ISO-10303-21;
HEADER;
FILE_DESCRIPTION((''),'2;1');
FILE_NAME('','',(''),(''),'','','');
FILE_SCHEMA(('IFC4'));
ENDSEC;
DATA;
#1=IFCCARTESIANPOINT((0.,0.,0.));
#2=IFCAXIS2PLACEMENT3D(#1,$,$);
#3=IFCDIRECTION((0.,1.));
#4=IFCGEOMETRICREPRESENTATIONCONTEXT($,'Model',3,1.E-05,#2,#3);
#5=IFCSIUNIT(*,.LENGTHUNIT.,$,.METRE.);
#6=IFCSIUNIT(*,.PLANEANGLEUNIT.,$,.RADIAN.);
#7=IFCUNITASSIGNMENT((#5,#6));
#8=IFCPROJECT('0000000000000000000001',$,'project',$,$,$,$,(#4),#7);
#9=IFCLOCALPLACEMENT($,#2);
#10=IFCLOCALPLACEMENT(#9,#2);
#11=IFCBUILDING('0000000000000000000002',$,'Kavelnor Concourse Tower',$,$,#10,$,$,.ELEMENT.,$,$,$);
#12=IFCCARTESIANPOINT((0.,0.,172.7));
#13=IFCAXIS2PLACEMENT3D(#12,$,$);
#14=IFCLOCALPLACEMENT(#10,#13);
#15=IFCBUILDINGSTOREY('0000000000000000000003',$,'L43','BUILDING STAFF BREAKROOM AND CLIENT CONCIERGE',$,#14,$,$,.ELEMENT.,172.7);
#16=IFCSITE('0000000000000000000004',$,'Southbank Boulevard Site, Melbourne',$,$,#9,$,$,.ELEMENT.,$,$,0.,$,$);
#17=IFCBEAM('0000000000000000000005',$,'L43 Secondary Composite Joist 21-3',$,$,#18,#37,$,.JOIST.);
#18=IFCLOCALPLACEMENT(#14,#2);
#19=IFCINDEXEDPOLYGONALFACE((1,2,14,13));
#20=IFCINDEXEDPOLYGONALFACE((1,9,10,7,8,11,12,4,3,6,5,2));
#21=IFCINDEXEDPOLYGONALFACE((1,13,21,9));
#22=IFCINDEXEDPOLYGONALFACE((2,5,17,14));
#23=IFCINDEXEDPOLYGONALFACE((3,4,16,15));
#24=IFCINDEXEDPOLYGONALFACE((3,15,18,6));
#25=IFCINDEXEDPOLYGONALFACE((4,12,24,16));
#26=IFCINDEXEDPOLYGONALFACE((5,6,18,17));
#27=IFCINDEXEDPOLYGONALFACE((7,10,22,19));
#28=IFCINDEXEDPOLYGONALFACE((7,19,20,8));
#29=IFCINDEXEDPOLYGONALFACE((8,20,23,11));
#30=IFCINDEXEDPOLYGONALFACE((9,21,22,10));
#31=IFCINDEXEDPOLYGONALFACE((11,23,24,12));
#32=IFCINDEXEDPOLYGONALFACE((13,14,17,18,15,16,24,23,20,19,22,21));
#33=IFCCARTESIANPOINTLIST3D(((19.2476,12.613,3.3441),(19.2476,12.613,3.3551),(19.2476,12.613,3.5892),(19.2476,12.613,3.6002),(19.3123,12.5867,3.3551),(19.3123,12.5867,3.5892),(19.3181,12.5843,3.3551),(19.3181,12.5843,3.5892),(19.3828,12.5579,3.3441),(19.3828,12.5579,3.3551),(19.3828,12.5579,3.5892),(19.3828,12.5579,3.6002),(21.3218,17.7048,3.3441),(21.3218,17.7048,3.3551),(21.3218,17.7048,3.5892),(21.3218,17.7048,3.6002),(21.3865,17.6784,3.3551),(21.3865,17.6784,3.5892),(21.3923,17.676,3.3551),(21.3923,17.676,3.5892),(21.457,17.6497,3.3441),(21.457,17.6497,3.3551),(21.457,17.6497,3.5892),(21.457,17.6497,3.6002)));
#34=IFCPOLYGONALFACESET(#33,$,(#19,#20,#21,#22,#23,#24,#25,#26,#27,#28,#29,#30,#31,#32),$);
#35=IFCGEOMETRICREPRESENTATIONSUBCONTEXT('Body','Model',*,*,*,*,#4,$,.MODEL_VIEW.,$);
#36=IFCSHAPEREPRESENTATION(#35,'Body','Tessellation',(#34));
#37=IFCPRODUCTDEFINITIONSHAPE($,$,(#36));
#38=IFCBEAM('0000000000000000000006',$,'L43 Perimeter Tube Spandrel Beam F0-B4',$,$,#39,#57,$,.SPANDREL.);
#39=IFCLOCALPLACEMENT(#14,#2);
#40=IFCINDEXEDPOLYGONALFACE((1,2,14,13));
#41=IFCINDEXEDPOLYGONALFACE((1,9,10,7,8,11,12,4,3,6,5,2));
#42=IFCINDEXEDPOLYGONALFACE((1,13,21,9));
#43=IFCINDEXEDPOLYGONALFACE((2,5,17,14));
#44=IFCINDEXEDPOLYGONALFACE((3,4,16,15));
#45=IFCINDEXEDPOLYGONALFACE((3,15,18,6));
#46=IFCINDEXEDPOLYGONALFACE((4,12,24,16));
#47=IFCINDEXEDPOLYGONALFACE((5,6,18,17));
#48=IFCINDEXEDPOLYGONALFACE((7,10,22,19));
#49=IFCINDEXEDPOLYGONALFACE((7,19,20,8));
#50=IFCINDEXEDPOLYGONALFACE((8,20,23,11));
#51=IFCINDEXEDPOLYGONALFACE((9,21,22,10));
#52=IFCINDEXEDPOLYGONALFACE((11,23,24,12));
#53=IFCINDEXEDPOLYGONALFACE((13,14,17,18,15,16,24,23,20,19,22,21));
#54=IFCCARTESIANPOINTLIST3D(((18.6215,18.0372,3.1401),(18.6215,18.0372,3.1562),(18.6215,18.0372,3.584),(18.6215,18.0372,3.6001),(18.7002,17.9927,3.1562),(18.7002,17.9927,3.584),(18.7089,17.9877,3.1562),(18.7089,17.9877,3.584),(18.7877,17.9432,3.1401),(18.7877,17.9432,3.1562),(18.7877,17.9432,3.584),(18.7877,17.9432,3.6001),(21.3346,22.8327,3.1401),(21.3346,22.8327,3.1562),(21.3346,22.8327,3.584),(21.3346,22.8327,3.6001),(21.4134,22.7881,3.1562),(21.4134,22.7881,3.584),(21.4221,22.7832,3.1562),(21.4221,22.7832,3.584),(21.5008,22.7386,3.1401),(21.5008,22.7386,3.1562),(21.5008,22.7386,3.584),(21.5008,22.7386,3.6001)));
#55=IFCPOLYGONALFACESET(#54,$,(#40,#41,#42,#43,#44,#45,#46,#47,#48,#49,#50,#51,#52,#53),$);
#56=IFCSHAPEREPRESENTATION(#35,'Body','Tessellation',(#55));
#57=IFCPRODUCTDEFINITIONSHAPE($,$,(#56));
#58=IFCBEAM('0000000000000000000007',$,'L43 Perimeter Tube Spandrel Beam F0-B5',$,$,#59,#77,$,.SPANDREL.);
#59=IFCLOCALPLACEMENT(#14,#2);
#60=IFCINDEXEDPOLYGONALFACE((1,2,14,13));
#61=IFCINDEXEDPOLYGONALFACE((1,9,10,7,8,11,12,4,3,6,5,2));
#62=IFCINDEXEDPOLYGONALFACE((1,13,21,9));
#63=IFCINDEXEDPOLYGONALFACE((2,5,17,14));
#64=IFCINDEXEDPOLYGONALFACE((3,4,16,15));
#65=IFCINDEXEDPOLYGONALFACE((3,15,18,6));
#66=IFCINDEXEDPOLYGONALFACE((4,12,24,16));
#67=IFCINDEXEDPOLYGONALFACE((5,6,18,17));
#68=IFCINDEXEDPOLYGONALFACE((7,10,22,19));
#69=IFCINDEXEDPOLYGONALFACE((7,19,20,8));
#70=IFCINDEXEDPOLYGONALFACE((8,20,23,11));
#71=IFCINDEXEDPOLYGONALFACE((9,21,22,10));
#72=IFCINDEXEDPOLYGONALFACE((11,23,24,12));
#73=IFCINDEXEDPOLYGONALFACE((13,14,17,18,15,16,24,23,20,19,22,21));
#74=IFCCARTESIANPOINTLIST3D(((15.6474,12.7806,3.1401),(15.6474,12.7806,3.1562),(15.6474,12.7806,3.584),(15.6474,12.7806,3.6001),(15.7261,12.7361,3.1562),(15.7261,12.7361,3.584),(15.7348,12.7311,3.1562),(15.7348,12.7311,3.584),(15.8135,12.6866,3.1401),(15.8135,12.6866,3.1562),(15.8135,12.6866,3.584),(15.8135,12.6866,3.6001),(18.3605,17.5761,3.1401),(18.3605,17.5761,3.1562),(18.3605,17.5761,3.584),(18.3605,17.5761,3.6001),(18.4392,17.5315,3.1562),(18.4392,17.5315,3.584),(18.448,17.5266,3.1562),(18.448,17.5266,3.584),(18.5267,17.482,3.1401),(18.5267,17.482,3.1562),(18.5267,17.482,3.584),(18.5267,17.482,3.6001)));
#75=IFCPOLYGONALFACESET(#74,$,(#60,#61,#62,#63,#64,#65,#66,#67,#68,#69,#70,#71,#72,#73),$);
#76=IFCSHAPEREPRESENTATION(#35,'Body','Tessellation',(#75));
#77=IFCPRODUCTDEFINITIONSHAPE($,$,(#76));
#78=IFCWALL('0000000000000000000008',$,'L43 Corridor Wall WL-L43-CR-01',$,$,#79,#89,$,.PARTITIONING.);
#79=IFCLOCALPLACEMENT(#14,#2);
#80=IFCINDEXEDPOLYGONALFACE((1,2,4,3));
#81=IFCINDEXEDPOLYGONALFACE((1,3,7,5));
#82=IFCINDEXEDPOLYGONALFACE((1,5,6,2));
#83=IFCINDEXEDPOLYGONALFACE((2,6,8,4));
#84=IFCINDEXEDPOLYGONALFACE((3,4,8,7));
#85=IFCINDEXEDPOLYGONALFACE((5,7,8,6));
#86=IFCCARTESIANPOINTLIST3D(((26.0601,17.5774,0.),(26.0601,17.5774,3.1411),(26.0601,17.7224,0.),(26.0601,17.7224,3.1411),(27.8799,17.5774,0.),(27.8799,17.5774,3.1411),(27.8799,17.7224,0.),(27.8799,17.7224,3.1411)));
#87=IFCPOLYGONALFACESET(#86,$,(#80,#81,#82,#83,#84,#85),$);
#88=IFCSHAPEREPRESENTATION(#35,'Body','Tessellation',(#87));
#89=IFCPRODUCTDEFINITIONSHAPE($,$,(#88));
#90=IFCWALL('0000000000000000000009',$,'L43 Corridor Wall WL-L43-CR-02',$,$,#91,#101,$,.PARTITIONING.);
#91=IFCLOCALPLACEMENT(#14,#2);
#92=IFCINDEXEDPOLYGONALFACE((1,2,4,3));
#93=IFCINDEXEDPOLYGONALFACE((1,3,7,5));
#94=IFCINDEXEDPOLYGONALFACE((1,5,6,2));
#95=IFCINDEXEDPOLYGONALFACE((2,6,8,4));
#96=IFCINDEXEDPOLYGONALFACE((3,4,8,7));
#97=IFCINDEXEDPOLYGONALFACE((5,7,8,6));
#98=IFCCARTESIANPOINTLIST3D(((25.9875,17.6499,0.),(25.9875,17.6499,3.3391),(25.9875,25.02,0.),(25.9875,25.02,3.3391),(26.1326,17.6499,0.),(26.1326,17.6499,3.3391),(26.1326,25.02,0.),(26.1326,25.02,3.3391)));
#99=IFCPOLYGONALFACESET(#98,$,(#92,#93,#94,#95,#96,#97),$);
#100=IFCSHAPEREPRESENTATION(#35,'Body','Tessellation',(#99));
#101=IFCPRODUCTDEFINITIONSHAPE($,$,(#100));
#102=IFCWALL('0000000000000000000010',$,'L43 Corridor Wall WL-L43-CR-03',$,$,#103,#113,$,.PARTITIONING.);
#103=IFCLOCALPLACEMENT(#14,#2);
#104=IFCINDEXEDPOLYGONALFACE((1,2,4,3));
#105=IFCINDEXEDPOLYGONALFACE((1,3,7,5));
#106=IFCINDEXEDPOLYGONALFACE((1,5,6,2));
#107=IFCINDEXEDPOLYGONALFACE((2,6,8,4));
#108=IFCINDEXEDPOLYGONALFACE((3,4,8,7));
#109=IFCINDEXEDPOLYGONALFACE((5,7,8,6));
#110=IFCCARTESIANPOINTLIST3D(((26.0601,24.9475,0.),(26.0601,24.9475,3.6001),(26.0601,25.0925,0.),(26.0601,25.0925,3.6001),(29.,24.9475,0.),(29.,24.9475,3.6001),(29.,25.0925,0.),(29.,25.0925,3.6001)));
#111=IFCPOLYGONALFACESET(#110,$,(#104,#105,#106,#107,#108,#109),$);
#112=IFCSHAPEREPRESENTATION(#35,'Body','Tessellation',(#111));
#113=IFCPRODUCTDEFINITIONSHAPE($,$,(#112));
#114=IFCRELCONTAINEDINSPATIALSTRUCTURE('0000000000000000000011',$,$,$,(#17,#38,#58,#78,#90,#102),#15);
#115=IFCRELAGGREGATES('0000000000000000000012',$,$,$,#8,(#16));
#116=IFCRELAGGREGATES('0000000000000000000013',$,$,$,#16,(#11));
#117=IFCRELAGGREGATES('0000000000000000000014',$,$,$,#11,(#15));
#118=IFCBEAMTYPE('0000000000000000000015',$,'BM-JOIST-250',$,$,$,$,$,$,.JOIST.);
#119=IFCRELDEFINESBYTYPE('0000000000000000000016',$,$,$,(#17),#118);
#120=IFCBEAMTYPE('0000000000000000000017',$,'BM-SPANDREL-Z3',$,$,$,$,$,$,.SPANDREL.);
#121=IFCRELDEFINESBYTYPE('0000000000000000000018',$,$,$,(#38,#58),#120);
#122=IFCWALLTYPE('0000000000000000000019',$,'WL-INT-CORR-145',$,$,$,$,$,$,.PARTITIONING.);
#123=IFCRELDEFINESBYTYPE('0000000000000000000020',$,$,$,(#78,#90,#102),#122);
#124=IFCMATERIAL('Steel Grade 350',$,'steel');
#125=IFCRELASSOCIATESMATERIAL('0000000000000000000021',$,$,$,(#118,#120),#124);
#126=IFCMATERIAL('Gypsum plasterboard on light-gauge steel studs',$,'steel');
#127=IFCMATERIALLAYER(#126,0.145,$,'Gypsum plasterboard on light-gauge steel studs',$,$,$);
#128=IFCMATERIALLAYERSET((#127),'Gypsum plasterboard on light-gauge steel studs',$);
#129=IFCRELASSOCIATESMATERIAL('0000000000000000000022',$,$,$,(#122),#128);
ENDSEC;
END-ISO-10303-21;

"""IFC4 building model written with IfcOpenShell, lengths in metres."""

from ifc_helpers import new_model, si_unit, direction, frame, frame_2d, origin, origin_2d, place, context, subcontext, project, spatial, rectangle, i_section, extrude, material, layer, layer_set, material_profile, profile_set, type_object, element, save


model = new_model("IFC4")

# Units and contexts
model_context = context("Model", 3, precision=1e-05, world=origin(), true_north=direction((0.0, 1.0)))
body_context = subcontext(model_context, "Body", "Model", "MODEL_VIEW")
ifc_project = project(units=[si_unit("LENGTHUNIT", "METRE"), si_unit("PLANEANGLEUNIT", "RADIAN")], contexts=[model_context])

# Site, building, storey
site_placement = place(None, origin())
site = spatial("IfcSite", under=ifc_project, at=site_placement, Name="Southbank Boulevard Site, Melbourne", CompositionType="ELEMENT", RefElevation=0.0)
building_placement = place(site_placement, origin())
building = spatial("IfcBuilding", under=site, at=building_placement, Name="Kavelnor Concourse Tower", CompositionType="ELEMENT")
storey_placement = place(building_placement, frame((0.0, 0.0, 172.7)))
storey = spatial("IfcBuildingStorey", under=building, at=storey_placement, Name="L43", Description="BUILDING STAFF BREAKROOM AND CLIENT CONCIERGE", CompositionType="ELEMENT", Elevation=172.7)

# Shared definitions
ifc_material_1 = material(Name="Steel Grade 350", Category="steel")

# Beams
ifc_material_profile_1 = material_profile(ifc_material_1, i_section(OverallWidth=0.146, OverallDepth=0.2561, WebThickness=0.0063, FlangeThickness=0.011, at=origin_2d()), Name="250UB37")
ifc_profile_set_1 = profile_set([ifc_material_profile_1], Name="Steel Grade 350")
beam_type_1 = type_object("IfcBeamType", Name="BM-JOIST-250", PredefinedType="JOIST", material=ifc_profile_set_1)
beam_1_placement = place(storey_placement, frame((21.3894, 17.6772, 3.4722), z_axis=(-0.377263, -0.926106, 0.0), x_axis=(0.926106, -0.377263, 0.0)))
element("IfcBeam", 1, at=beam_1_placement, inside=storey, type_object=beam_type_1, Name="L43 Secondary Composite Joist 21-3", PredefinedType="JOIST", context=body_context, shape_type="SweptSolid", body=[
    extrude(i_section(OverallWidth=0.146, OverallDepth=0.2561, WebThickness=0.0063, FlangeThickness=0.011, at=origin_2d()), origin(), (0.0, 0.0, 1.0), 5.498),
])
ifc_material_profile_2 = material_profile(ifc_material_1, i_section(OverallWidth=0.1909, OverallDepth=0.46, WebThickness=0.01, FlangeThickness=0.0161, at=origin_2d()), Name="460UB82")
ifc_profile_set_2 = profile_set([ifc_material_profile_2], Name="Steel Grade 350")
beam_type_2 = type_object("IfcBeamType", Name="BM-SPANDREL-Z3", PredefinedType="SPANDREL", material=ifc_profile_set_2)
for number, where, z_axis, x_axis, name in (
    (2, (21.4177, 22.7856, 3.3701), (-0.492427, -0.870354, 0.0), (0.870354, -0.492427, 0.0), "L43 Perimeter Tube Spandrel Beam F0-B4"),
    (3, (18.4436, 17.5291, 3.3701), (-0.492427, -0.870354, 0.0), (0.870354, -0.492427, 0.0), "L43 Perimeter Tube Spandrel Beam F0-B5"),
):
    element("IfcBeam", number, at=place(storey_placement, frame(where, z_axis=z_axis, x_axis=x_axis)), inside=storey, type_object=beam_type_2, Name=name, PredefinedType="SPANDREL", context=body_context, shape_type="SweptSolid", body=[
        extrude(i_section(OverallWidth=0.1909, OverallDepth=0.46, WebThickness=0.01, FlangeThickness=0.0161, at=origin_2d()), origin(), (0.0, 0.0, 1.0), 5.5098),
    ])

# Walls
ifc_material_2 = material(Name="Gypsum plasterboard on light-gauge steel studs", Category="steel")
ifc_layer = layer(ifc_material_2, 0.145, Name="Gypsum plasterboard on light-gauge steel studs")
ifc_layer_set = layer_set([ifc_layer], Name="Gypsum plasterboard on light-gauge steel studs")
wall_type = type_object("IfcWallType", Name="WL-INT-CORR-145", PredefinedType="PARTITIONING", material=ifc_layer_set)
wall_1_placement = place(storey_placement, frame((27.8799, 17.6499, 0.0), z_axis=(0.0, 0.0, 1.0), x_axis=(-1.0, 0.0, 0.0)))
element("IfcWall", 4, at=wall_1_placement, inside=storey, type_object=wall_type, Name="L43 Corridor Wall WL-L43-CR-01", PredefinedType="PARTITIONING", context=body_context, shape_type="SweptSolid", body=[
    extrude(rectangle(XDim=1.8198, YDim=0.145, at=frame_2d((0.9099, 0.0))), origin(), (0.0, 0.0, 1.0), 3.1411),
])
wall_2_placement = place(storey_placement, frame((26.0601, 17.6499, 0.0), z_axis=(0.0, 0.0, 1.0), x_axis=(0.0, 1.0, 0.0)))
element("IfcWall", 5, at=wall_2_placement, inside=storey, type_object=wall_type, Name="L43 Corridor Wall WL-L43-CR-02", PredefinedType="PARTITIONING", context=body_context, shape_type="SweptSolid", body=[
    extrude(rectangle(XDim=7.3701, YDim=0.145, at=frame_2d((3.6851, 0.0))), origin(), (0.0, 0.0, 1.0), 3.3391),
])
wall_3_placement = place(storey_placement, frame((26.0601, 25.02, 0.0), z_axis=(0.0, 0.0, 1.0), x_axis=(1.0, 0.0, 0.0)))
element("IfcWall", 6, at=wall_3_placement, inside=storey, type_object=wall_type, Name="L43 Corridor Wall WL-L43-CR-03", PredefinedType="PARTITIONING", context=body_context, shape_type="SweptSolid", body=[
    extrude(rectangle(XDim=2.9399, YDim=0.145, at=frame_2d((1.47, 0.0))), origin(), (0.0, 0.0, 1.0), 3.6001),
])

save(model, "model.ifc")
